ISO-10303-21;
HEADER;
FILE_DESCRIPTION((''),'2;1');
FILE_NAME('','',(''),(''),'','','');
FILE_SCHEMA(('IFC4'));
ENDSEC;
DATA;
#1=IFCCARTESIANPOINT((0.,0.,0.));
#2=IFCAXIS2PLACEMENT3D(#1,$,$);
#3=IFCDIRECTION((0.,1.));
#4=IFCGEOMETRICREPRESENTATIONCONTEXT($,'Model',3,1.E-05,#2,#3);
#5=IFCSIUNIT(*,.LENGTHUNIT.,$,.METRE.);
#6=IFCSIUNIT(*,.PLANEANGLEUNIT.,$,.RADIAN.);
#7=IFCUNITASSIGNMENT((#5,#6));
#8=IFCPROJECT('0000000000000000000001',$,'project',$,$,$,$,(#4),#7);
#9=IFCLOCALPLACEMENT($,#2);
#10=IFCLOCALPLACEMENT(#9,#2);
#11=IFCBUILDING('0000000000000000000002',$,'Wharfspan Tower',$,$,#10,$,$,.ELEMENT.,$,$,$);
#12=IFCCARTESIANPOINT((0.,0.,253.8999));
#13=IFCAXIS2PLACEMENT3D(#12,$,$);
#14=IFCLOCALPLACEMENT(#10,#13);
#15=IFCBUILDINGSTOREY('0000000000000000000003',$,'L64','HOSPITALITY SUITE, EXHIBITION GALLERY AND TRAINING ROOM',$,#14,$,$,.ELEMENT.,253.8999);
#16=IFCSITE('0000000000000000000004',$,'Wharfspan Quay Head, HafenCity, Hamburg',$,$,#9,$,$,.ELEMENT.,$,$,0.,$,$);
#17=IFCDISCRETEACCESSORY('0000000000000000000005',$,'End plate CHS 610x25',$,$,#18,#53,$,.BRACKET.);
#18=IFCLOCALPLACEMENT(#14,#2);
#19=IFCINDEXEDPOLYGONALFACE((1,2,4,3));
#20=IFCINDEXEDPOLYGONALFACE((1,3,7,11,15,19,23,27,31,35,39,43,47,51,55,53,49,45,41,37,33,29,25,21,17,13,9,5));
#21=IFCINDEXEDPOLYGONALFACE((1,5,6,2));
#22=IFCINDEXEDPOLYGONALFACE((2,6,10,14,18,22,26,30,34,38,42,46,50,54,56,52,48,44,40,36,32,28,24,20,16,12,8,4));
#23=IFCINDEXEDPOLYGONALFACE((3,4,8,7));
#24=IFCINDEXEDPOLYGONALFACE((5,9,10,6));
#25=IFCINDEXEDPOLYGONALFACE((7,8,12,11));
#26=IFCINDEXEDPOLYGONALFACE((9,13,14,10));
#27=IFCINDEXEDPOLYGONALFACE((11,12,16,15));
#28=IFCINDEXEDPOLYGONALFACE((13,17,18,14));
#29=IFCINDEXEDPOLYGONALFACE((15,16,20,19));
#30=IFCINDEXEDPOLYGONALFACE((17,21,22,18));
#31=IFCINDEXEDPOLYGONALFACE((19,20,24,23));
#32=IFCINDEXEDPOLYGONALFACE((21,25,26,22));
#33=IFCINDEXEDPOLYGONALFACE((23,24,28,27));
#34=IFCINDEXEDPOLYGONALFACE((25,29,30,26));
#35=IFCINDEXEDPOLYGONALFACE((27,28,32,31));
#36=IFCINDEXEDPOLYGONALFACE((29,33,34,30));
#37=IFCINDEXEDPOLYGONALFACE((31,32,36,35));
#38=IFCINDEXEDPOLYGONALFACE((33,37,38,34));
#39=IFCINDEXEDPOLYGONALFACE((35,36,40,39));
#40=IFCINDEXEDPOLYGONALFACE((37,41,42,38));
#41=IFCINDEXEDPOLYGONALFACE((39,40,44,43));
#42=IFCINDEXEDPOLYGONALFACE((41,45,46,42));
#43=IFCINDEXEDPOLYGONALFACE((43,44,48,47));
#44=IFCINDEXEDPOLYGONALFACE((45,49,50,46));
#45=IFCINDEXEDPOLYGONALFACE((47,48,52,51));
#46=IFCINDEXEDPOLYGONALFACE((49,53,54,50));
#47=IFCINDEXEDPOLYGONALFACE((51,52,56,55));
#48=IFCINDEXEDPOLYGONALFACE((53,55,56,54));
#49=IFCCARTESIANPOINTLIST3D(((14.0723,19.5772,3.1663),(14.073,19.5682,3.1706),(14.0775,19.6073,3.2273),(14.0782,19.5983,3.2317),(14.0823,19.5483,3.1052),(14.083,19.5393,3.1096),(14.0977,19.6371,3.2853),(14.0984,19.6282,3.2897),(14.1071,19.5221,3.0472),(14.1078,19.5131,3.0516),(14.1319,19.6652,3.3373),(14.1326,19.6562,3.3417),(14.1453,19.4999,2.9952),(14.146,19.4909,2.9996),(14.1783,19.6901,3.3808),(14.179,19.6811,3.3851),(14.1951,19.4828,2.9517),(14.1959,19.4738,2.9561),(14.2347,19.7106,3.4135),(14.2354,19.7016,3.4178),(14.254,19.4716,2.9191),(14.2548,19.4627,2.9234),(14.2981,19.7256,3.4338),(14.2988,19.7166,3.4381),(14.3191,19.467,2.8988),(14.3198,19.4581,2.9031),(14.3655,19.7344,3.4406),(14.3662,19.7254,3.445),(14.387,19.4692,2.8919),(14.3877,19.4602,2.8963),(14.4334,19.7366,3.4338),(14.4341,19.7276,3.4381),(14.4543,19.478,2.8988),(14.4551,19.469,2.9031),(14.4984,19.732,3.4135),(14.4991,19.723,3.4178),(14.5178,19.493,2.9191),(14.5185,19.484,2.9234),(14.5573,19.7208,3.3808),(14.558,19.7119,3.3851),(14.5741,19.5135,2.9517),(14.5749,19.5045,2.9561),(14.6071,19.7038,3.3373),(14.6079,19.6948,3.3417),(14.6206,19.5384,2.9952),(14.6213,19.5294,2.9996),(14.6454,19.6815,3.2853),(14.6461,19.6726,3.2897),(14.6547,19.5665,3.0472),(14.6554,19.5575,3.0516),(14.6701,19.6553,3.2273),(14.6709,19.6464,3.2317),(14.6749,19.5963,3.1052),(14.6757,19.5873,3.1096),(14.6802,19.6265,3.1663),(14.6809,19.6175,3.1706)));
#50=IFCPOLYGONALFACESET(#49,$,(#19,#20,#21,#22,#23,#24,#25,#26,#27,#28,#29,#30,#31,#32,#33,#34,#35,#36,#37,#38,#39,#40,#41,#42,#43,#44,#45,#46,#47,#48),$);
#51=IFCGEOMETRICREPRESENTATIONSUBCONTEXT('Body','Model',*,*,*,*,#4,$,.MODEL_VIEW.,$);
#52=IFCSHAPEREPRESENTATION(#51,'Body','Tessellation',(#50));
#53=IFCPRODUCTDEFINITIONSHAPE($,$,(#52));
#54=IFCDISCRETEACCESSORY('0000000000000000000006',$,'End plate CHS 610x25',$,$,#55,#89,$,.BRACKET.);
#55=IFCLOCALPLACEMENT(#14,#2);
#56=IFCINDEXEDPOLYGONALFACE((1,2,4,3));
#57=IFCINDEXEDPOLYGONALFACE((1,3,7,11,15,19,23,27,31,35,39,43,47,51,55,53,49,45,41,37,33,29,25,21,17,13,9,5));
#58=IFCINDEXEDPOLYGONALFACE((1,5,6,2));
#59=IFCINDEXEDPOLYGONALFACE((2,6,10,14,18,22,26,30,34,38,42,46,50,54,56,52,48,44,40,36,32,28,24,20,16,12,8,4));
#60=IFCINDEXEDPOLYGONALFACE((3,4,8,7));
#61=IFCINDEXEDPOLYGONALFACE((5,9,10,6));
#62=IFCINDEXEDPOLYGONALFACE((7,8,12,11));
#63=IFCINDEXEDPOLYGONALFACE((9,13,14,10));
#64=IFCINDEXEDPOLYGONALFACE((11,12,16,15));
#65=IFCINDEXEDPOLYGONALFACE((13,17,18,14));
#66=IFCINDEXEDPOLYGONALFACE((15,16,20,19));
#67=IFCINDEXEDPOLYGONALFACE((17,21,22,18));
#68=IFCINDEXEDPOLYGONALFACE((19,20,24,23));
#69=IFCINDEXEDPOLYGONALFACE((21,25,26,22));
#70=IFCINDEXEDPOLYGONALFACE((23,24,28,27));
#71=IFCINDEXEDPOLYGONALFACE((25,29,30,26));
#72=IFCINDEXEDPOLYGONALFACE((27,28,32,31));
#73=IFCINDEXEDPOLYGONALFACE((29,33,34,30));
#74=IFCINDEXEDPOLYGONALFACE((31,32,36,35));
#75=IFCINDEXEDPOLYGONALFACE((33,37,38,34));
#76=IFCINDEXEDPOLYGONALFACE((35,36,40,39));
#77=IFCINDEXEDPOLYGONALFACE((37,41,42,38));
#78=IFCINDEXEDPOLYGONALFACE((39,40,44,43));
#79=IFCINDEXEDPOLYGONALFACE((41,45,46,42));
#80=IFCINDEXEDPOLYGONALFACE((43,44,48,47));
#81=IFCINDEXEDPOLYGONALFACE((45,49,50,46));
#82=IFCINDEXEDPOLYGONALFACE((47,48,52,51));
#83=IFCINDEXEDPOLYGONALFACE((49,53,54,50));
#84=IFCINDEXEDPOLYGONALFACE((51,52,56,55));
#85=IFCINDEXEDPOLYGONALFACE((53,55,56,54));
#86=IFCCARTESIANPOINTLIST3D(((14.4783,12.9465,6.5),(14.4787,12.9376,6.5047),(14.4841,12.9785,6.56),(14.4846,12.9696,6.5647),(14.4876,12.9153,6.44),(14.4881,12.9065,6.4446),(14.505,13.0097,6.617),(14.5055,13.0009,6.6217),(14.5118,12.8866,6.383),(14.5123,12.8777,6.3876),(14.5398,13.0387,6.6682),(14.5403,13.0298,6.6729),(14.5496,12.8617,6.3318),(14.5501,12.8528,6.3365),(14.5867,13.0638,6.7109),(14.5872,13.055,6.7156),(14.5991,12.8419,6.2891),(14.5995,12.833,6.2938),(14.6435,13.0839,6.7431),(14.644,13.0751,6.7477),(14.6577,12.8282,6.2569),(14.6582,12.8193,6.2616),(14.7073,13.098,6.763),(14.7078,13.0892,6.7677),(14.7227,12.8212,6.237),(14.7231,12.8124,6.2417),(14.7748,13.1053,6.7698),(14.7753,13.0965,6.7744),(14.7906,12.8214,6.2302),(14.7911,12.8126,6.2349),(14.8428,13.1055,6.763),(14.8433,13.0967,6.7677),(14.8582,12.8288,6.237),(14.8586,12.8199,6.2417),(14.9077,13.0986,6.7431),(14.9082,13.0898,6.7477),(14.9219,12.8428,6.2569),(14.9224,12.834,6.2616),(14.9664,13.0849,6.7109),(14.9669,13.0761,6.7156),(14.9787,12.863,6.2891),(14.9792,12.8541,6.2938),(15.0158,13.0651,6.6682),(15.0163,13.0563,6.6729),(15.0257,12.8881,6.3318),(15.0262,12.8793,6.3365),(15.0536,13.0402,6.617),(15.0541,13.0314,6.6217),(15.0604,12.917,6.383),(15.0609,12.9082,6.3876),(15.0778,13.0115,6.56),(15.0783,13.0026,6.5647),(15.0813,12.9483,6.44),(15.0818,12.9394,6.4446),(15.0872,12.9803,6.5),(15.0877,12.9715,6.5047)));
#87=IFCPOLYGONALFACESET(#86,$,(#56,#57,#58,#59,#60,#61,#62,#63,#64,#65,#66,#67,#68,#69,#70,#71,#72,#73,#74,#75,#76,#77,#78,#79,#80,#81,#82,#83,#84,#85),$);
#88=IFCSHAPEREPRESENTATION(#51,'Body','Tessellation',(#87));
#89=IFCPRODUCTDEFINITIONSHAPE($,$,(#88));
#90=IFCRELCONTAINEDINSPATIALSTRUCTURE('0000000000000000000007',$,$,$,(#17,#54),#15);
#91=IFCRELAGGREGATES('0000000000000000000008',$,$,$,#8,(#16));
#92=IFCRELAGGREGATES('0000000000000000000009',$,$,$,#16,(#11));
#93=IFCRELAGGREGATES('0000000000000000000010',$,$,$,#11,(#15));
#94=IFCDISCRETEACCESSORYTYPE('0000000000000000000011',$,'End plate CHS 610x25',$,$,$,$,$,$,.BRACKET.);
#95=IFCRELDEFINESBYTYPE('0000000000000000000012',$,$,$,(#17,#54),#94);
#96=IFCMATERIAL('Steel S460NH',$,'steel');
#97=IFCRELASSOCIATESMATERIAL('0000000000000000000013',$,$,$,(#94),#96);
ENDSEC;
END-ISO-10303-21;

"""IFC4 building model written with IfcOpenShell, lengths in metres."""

from ifc_helpers import new_model, si_unit, direction, frame, origin, origin_2d, place, context, subcontext, project, spatial, circle, extrude, material, material_profile, profile_set, type_object, element, save


model = new_model("IFC4")

# Units and contexts
model_context = context("Model", 3, precision=1e-05, world=origin(), true_north=direction((0.0, 1.0)))
body_context = subcontext(model_context, "Body", "Model", "MODEL_VIEW")
ifc_project = project(units=[si_unit("LENGTHUNIT", "METRE"), si_unit("PLANEANGLEUNIT", "RADIAN")], contexts=[model_context])

# Site, building, storey
site_placement = place(None, origin())
site = spatial("IfcSite", under=ifc_project, at=site_placement, Name="Wharfspan Quay Head, HafenCity, Hamburg", CompositionType="ELEMENT", RefElevation=0.0)
building_placement = place(site_placement, origin())
building = spatial("IfcBuilding", under=site, at=building_placement, Name="Wharfspan Tower", CompositionType="ELEMENT")
storey_placement = place(building_placement, frame((0.0, 0.0, 253.8999)))
storey = spatial("IfcBuildingStorey", under=building, at=storey_placement, Name="L64", Description="HOSPITALITY SUITE, EXHIBITION GALLERY AND TRAINING ROOM", CompositionType="ELEMENT", Elevation=253.8999)

# Shared definitions
ifc_material_1 = material(Name="Steel S460NH", Category="steel")

# Discrete accessories
ifc_material_profile_1 = material_profile(ifc_material_1, circle(Radius=0.3049, at=origin_2d()))
ifc_profile_set_1 = profile_set([ifc_material_profile_1], Name="Steel S460NH")
discrete_accessory_type = type_object("IfcDiscreteAccessoryType", Name="End plate CHS 610x25", PredefinedType="BRACKET", material=ifc_profile_set_1)
for number, where, z_axis, x_axis, name in (
    (1, (14.3762, 19.6018, 3.1663), (0.072718, -0.896854, 0.436308), (0.996729, 0.080815, -0.000002), "End plate CHS 610x25"),
    (2, (14.7827, 12.9634, 6.5), (0.049073, -0.883319, 0.466196), (0.998456, 0.05547, 0.000001), "End plate CHS 610x25"),
):
    element("IfcDiscreteAccessory", number, at=place(storey_placement, frame(where, z_axis=z_axis, x_axis=x_axis)), inside=storey, type_object=discrete_accessory_type, Name=name, PredefinedType="BRACKET", context=body_context, shape_type="SweptSolid", body=[
        extrude(circle(Radius=0.3049, at=origin_2d()), origin(), (0.0, 0.0, 1.0), 0.01),
    ])

save(model, "model.ifc")
